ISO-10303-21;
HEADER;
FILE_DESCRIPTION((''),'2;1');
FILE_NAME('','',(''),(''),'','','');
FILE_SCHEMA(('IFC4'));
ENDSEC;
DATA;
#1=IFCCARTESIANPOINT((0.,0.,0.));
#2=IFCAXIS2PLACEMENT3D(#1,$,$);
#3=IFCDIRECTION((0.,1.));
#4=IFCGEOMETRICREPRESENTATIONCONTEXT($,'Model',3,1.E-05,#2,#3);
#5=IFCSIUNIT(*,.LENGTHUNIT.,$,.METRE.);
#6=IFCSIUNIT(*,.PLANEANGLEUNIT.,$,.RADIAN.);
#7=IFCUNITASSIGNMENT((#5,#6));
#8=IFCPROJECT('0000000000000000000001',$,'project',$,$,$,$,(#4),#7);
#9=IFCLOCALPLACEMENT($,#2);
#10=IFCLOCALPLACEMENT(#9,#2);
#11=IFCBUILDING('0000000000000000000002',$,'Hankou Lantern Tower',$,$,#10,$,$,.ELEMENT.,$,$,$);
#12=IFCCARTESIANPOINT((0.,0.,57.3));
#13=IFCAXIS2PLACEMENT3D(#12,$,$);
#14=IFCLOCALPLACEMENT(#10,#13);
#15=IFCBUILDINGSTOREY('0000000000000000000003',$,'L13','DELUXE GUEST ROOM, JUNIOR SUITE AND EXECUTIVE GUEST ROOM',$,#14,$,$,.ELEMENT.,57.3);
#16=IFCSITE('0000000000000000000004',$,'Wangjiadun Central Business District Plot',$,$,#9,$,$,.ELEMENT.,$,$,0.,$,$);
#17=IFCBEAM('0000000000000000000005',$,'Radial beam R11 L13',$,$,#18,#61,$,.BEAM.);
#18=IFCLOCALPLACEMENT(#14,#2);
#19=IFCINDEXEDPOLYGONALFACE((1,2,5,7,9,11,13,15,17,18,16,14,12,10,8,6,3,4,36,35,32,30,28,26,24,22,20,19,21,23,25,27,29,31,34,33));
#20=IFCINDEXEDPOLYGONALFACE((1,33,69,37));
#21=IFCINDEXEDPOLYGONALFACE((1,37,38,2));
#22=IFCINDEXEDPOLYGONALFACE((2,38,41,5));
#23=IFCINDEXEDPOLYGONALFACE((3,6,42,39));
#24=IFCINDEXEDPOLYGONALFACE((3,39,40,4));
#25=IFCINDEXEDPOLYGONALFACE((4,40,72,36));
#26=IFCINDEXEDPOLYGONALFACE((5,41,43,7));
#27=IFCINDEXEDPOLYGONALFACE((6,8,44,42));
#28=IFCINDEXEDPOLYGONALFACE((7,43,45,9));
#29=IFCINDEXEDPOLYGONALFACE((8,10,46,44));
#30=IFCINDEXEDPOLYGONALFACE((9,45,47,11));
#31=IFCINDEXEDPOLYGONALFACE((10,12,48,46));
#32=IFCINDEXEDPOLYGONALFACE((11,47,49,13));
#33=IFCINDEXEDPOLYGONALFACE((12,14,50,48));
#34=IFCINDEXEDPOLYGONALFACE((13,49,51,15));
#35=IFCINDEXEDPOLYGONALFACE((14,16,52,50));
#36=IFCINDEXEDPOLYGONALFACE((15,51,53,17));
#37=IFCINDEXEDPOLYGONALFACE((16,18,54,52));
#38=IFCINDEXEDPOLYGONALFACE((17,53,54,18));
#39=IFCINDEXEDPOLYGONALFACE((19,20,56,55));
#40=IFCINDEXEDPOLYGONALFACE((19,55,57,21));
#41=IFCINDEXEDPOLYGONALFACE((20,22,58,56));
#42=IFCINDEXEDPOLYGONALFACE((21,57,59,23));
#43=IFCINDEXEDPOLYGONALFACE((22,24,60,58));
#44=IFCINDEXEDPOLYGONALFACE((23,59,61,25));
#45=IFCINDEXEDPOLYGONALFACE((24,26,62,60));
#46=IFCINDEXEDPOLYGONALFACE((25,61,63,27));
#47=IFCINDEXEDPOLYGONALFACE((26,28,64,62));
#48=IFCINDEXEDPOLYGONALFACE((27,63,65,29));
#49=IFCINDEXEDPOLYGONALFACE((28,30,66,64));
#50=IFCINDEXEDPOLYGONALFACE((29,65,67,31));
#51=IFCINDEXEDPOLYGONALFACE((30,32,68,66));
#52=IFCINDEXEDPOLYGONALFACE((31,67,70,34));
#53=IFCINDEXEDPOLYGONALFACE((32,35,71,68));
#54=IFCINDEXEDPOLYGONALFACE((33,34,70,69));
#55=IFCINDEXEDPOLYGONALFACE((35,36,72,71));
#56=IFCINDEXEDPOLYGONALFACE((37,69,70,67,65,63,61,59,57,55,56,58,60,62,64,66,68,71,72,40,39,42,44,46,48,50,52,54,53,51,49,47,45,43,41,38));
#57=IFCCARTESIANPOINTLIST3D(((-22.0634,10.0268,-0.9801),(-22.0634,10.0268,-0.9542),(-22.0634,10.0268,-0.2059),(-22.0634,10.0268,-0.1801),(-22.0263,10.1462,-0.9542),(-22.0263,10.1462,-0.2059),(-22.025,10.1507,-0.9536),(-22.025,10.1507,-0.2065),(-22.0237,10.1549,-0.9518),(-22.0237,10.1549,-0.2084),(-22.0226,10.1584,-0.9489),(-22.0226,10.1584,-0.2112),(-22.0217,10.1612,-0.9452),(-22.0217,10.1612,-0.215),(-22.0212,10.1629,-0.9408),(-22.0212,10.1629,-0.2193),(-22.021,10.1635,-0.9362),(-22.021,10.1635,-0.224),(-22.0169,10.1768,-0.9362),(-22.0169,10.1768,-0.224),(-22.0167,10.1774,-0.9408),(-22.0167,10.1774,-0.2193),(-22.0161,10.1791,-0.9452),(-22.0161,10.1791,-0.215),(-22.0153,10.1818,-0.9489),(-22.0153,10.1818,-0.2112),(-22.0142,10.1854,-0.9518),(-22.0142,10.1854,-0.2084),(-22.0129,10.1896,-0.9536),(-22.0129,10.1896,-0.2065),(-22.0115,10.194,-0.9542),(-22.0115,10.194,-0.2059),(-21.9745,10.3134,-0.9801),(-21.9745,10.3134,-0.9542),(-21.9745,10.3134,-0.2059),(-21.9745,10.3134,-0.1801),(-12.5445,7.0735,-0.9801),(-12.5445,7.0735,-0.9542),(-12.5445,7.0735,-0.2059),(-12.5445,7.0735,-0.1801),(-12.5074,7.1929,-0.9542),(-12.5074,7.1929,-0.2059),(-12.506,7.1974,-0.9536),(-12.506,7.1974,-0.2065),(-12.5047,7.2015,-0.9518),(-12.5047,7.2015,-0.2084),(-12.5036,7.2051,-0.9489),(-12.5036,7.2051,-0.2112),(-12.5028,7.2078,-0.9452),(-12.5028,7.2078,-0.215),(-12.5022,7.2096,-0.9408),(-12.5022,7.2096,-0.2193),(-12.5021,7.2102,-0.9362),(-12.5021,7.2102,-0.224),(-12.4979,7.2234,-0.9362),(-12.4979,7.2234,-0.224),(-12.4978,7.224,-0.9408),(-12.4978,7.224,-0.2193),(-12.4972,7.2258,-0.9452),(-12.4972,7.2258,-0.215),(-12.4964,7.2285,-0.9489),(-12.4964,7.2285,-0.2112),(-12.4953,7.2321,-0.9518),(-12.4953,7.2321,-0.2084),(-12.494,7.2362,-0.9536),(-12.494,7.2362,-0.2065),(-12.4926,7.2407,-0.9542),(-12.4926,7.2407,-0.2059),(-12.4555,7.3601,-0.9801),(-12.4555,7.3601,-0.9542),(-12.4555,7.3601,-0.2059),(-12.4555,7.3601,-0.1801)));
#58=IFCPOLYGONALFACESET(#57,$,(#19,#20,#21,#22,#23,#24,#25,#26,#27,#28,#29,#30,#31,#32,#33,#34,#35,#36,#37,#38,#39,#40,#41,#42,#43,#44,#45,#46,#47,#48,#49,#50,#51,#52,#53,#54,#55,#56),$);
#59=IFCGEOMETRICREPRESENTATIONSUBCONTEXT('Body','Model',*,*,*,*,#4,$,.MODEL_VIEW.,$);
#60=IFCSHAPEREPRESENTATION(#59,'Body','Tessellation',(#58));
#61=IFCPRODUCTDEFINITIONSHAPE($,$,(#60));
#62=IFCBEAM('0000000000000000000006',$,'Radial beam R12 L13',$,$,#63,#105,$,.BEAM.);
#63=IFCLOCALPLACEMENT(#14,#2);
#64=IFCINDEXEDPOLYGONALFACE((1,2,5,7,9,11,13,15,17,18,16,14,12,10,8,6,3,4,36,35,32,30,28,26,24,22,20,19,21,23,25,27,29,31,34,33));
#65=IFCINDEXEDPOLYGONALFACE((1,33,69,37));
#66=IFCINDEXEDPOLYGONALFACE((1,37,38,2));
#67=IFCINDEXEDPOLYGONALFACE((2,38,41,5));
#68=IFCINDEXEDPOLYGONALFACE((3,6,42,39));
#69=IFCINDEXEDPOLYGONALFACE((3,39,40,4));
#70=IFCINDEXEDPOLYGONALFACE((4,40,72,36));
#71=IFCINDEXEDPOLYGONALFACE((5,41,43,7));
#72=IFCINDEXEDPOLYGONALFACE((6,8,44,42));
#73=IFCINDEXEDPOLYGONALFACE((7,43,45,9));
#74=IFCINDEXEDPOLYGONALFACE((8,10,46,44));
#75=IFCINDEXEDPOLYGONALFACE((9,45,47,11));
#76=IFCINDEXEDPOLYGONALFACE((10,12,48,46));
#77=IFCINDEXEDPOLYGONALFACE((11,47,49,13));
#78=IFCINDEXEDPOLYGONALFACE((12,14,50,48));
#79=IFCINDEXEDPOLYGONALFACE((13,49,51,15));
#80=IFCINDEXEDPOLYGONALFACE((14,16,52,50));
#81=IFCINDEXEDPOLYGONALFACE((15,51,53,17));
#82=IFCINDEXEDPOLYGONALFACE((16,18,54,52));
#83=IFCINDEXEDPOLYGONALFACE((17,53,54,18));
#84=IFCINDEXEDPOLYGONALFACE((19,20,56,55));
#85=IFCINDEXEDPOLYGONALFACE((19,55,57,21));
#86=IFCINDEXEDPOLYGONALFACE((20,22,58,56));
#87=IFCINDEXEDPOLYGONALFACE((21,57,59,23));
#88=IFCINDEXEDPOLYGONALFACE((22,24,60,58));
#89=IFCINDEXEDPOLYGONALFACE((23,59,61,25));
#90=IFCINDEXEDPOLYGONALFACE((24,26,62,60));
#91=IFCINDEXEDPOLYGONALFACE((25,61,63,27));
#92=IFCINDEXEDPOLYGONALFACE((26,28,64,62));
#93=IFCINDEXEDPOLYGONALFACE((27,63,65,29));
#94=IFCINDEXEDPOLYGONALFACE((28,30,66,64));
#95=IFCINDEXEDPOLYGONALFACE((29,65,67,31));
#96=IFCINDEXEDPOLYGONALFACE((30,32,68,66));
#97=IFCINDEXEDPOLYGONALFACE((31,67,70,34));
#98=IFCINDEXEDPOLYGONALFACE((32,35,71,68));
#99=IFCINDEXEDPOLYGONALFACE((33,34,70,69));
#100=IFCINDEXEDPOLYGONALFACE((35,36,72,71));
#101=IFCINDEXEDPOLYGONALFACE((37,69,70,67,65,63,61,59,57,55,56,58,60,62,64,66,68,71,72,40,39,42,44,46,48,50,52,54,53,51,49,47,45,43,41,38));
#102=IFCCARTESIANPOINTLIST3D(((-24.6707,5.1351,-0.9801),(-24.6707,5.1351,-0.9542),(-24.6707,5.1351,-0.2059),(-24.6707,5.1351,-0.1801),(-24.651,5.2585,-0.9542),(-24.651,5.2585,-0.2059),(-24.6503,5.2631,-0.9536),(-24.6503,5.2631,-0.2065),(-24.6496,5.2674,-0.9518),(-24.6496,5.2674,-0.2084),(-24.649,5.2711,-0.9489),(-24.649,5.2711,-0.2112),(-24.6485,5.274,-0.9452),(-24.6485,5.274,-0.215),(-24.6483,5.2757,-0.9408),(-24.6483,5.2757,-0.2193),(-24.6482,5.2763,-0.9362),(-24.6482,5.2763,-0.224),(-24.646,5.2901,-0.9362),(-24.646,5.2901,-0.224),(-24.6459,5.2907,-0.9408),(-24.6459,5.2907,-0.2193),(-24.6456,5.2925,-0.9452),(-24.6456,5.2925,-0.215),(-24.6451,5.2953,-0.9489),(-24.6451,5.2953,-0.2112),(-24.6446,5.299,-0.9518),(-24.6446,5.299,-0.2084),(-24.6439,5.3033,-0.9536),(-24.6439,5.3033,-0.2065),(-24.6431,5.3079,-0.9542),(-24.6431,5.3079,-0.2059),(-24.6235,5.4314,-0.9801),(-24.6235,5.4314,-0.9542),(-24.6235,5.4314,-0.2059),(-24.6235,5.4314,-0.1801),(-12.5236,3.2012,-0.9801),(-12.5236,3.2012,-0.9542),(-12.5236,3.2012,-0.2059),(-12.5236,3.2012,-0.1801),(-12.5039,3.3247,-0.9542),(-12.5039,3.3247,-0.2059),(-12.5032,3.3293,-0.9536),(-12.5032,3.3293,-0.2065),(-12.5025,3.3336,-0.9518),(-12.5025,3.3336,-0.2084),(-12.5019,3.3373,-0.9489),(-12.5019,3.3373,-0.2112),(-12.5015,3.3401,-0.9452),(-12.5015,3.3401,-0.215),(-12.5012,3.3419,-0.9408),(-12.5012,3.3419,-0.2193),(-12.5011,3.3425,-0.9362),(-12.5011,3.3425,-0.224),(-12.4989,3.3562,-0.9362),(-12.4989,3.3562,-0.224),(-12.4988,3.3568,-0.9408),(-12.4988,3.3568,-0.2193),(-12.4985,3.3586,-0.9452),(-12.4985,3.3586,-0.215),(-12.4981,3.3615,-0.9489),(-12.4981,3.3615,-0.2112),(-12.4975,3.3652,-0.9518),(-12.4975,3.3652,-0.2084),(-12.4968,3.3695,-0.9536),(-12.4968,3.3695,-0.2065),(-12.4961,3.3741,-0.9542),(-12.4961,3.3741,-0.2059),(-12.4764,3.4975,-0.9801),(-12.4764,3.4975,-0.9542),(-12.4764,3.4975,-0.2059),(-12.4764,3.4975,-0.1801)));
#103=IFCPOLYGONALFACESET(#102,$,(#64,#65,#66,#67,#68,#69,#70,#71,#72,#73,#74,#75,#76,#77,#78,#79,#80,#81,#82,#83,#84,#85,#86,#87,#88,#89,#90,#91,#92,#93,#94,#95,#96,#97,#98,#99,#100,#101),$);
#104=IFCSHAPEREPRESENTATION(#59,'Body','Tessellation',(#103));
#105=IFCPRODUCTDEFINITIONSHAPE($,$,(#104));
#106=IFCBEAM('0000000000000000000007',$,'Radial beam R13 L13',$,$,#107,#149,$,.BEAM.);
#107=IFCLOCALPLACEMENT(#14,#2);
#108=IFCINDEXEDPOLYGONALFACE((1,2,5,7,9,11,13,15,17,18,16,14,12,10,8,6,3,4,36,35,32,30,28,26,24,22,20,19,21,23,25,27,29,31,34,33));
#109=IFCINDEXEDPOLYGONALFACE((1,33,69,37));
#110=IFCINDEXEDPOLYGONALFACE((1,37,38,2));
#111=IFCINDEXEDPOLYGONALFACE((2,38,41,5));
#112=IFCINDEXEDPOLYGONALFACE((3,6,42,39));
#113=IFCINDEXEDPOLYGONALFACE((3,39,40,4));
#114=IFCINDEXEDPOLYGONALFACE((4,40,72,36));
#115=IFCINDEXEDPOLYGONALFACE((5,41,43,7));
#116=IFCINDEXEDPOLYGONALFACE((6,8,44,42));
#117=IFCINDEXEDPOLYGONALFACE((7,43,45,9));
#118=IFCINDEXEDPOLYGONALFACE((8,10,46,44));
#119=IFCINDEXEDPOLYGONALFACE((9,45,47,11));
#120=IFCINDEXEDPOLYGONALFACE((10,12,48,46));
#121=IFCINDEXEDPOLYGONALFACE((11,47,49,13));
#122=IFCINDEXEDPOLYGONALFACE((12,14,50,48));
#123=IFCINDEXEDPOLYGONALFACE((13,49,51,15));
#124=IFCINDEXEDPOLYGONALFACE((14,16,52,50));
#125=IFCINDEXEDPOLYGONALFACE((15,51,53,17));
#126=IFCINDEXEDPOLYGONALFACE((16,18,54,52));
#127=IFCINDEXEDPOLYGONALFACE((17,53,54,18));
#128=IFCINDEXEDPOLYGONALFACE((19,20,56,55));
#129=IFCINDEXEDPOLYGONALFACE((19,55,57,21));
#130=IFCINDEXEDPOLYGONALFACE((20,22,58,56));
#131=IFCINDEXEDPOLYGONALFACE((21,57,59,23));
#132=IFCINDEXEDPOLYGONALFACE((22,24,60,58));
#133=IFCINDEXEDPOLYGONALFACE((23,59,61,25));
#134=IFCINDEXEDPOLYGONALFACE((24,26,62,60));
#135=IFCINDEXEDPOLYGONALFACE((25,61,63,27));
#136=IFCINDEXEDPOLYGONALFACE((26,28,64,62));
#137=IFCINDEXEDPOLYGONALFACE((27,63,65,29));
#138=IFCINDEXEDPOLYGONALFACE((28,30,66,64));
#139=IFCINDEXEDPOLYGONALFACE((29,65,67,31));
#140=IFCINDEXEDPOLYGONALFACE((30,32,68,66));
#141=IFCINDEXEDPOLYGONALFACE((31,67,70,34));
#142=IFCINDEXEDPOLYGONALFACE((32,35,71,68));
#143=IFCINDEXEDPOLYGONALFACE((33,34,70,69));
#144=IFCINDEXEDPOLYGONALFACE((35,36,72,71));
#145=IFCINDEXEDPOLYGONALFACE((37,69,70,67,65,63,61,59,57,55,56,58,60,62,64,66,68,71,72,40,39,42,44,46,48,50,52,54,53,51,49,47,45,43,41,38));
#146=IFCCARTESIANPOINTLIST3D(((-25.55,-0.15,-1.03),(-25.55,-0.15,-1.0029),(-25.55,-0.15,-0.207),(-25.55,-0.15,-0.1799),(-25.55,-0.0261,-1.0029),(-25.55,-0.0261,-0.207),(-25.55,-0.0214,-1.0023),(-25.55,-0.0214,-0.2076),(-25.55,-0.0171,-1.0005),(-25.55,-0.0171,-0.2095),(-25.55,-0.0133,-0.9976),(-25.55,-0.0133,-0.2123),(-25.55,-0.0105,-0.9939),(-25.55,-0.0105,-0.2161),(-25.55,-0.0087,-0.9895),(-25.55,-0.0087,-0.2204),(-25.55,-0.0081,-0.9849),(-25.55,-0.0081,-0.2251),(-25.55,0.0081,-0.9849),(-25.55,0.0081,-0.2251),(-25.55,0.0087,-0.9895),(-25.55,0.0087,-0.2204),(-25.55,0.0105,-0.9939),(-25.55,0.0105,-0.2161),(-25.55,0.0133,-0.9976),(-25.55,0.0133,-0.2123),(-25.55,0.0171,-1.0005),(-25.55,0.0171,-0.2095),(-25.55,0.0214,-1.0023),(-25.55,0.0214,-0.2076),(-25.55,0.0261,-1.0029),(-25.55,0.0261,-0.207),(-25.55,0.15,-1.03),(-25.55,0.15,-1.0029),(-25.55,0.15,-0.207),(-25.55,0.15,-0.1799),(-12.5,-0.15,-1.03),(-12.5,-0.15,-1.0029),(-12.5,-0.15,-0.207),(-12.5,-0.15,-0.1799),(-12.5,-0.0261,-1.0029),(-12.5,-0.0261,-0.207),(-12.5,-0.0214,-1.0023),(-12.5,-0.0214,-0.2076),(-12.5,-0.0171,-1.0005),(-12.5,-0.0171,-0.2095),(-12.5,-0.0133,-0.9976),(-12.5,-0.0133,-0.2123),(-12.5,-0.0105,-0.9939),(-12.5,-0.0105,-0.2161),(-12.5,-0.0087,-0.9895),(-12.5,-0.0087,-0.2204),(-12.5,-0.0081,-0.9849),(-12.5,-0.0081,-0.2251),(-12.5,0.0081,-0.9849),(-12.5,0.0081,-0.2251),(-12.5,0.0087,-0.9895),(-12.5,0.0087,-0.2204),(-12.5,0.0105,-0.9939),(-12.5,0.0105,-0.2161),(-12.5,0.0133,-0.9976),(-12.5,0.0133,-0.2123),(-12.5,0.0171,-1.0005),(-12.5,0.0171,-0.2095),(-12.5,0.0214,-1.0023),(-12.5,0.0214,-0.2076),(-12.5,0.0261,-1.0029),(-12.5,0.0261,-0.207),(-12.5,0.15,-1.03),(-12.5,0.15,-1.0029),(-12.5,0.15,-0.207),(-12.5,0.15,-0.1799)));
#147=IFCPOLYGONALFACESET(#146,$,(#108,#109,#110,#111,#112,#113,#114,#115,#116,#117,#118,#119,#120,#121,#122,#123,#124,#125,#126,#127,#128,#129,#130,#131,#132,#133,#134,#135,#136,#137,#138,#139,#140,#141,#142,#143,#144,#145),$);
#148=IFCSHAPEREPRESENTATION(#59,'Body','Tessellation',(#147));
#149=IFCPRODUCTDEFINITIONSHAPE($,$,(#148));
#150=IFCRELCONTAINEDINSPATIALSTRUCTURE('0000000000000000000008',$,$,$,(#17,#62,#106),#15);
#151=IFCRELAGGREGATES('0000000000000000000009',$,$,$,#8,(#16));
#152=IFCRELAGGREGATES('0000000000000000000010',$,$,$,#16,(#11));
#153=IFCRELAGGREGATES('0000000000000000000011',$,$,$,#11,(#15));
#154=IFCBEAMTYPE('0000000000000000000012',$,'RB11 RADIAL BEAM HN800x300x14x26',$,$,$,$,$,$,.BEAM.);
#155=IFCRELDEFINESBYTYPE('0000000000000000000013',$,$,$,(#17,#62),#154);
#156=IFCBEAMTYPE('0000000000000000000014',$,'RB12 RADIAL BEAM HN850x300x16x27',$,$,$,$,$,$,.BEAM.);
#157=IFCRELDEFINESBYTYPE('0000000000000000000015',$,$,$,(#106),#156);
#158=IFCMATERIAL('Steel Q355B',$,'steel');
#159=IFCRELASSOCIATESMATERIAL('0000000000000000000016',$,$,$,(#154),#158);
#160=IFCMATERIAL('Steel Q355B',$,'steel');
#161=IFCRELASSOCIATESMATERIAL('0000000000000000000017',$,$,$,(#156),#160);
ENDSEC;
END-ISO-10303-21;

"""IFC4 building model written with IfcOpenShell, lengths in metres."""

from ifc_helpers import new_model, si_unit, direction, frame, origin, origin_2d, place, context, subcontext, project, spatial, i_section, extrude, material, material_profile, profile_set, type_object, element, save


model = new_model("IFC4")

# Units and contexts
model_context = context("Model", 3, precision=1e-05, world=origin(), true_north=direction((0.0, 1.0)))
body_context = subcontext(model_context, "Body", "Model", "MODEL_VIEW")
ifc_project = project(units=[si_unit("LENGTHUNIT", "METRE"), si_unit("PLANEANGLEUNIT", "RADIAN")], contexts=[model_context])

# Site, building, storey
site_placement = place(None, origin())
site = spatial("IfcSite", under=ifc_project, at=site_placement, Name="Wangjiadun Central Business District Plot", CompositionType="ELEMENT", RefElevation=0.0)
building_placement = place(site_placement, origin())
building = spatial("IfcBuilding", under=site, at=building_placement, Name="Hankou Lantern Tower", CompositionType="ELEMENT")
storey_placement = place(building_placement, frame((0.0, 0.0, 57.3)))
storey = spatial("IfcBuildingStorey", under=building, at=storey_placement, Name="L13", Description="DELUXE GUEST ROOM, JUNIOR SUITE AND EXECUTIVE GUEST ROOM", CompositionType="ELEMENT", Elevation=57.3)

# Beams
ifc_material_1 = material(Name="Steel Q355B", Category="steel")
ifc_material_profile_1 = material_profile(ifc_material_1, i_section(OverallWidth=0.3, OverallDepth=0.8, WebThickness=0.0139, FlangeThickness=0.0259, FilletRadius=0.0181, at=origin_2d()), Name="HN800x300x14x26")
ifc_profile_set_1 = profile_set([ifc_material_profile_1], Name="Steel Q355B")
beam_type_1 = type_object("IfcBeamType", Name="RB11 RADIAL BEAM HN800x300x14x26", PredefinedType="BEAM", material=ifc_profile_set_1)
beam_1_placement = place(storey_placement, frame((-12.5, 7.2168, -0.5801), z_axis=(-0.955087, 0.296324, 0.0), x_axis=(-0.296324, -0.955087, 0.0)))
element("IfcBeam", 1, at=beam_1_placement, inside=storey, type_object=beam_type_1, Name="Radial beam R11 L13", PredefinedType="BEAM", context=body_context, shape_type="SweptSolid", body=[
    extrude(i_section(OverallWidth=0.3, OverallDepth=0.8, WebThickness=0.0139, FlangeThickness=0.0259, FilletRadius=0.0181, at=origin_2d()), origin(), (0.0, 0.0, 1.0), 9.9666),
])
beam_2_placement = place(storey_placement, frame((-12.5, 3.3494, -0.5801), z_axis=(-0.987563, 0.157223, 0.0), x_axis=(-0.157223, -0.987563, 0.0)))
element("IfcBeam", 2, at=beam_2_placement, inside=storey, type_object=beam_type_1, Name="Radial beam R12 L13", PredefinedType="BEAM", context=body_context, shape_type="SweptSolid", body=[
    extrude(i_section(OverallWidth=0.3, OverallDepth=0.8, WebThickness=0.0139, FlangeThickness=0.0259, FilletRadius=0.0181, at=origin_2d()), origin(), (0.0, 0.0, 1.0), 12.3),
])
ifc_material_2 = material(Name="Steel Q355B", Category="steel")
ifc_material_profile_2 = material_profile(ifc_material_2, i_section(OverallWidth=0.3, OverallDepth=0.8501, WebThickness=0.0161, FlangeThickness=0.0271, FilletRadius=0.0181, at=origin_2d()), Name="HN850x300x16x27")
ifc_profile_set_2 = profile_set([ifc_material_profile_2], Name="Steel Q355B")
beam_type_2 = type_object("IfcBeamType", Name="RB12 RADIAL BEAM HN850x300x16x27", PredefinedType="BEAM", material=ifc_profile_set_2)
beam_3_placement = place(storey_placement, frame((-12.5, 0.0, -0.605), z_axis=(-1.0, 0.0, 0.0), x_axis=(0.0, -1.0, 0.0)))
element("IfcBeam", 3, at=beam_3_placement, inside=storey, type_object=beam_type_2, Name="Radial beam R13 L13", PredefinedType="BEAM", context=body_context, shape_type="SweptSolid", body=[
    extrude(i_section(OverallWidth=0.3, OverallDepth=0.8501, WebThickness=0.0161, FlangeThickness=0.0271, FilletRadius=0.0181, at=origin_2d()), origin(), (0.0, 0.0, 1.0), 13.05),
])

save(model, "model.ifc")
